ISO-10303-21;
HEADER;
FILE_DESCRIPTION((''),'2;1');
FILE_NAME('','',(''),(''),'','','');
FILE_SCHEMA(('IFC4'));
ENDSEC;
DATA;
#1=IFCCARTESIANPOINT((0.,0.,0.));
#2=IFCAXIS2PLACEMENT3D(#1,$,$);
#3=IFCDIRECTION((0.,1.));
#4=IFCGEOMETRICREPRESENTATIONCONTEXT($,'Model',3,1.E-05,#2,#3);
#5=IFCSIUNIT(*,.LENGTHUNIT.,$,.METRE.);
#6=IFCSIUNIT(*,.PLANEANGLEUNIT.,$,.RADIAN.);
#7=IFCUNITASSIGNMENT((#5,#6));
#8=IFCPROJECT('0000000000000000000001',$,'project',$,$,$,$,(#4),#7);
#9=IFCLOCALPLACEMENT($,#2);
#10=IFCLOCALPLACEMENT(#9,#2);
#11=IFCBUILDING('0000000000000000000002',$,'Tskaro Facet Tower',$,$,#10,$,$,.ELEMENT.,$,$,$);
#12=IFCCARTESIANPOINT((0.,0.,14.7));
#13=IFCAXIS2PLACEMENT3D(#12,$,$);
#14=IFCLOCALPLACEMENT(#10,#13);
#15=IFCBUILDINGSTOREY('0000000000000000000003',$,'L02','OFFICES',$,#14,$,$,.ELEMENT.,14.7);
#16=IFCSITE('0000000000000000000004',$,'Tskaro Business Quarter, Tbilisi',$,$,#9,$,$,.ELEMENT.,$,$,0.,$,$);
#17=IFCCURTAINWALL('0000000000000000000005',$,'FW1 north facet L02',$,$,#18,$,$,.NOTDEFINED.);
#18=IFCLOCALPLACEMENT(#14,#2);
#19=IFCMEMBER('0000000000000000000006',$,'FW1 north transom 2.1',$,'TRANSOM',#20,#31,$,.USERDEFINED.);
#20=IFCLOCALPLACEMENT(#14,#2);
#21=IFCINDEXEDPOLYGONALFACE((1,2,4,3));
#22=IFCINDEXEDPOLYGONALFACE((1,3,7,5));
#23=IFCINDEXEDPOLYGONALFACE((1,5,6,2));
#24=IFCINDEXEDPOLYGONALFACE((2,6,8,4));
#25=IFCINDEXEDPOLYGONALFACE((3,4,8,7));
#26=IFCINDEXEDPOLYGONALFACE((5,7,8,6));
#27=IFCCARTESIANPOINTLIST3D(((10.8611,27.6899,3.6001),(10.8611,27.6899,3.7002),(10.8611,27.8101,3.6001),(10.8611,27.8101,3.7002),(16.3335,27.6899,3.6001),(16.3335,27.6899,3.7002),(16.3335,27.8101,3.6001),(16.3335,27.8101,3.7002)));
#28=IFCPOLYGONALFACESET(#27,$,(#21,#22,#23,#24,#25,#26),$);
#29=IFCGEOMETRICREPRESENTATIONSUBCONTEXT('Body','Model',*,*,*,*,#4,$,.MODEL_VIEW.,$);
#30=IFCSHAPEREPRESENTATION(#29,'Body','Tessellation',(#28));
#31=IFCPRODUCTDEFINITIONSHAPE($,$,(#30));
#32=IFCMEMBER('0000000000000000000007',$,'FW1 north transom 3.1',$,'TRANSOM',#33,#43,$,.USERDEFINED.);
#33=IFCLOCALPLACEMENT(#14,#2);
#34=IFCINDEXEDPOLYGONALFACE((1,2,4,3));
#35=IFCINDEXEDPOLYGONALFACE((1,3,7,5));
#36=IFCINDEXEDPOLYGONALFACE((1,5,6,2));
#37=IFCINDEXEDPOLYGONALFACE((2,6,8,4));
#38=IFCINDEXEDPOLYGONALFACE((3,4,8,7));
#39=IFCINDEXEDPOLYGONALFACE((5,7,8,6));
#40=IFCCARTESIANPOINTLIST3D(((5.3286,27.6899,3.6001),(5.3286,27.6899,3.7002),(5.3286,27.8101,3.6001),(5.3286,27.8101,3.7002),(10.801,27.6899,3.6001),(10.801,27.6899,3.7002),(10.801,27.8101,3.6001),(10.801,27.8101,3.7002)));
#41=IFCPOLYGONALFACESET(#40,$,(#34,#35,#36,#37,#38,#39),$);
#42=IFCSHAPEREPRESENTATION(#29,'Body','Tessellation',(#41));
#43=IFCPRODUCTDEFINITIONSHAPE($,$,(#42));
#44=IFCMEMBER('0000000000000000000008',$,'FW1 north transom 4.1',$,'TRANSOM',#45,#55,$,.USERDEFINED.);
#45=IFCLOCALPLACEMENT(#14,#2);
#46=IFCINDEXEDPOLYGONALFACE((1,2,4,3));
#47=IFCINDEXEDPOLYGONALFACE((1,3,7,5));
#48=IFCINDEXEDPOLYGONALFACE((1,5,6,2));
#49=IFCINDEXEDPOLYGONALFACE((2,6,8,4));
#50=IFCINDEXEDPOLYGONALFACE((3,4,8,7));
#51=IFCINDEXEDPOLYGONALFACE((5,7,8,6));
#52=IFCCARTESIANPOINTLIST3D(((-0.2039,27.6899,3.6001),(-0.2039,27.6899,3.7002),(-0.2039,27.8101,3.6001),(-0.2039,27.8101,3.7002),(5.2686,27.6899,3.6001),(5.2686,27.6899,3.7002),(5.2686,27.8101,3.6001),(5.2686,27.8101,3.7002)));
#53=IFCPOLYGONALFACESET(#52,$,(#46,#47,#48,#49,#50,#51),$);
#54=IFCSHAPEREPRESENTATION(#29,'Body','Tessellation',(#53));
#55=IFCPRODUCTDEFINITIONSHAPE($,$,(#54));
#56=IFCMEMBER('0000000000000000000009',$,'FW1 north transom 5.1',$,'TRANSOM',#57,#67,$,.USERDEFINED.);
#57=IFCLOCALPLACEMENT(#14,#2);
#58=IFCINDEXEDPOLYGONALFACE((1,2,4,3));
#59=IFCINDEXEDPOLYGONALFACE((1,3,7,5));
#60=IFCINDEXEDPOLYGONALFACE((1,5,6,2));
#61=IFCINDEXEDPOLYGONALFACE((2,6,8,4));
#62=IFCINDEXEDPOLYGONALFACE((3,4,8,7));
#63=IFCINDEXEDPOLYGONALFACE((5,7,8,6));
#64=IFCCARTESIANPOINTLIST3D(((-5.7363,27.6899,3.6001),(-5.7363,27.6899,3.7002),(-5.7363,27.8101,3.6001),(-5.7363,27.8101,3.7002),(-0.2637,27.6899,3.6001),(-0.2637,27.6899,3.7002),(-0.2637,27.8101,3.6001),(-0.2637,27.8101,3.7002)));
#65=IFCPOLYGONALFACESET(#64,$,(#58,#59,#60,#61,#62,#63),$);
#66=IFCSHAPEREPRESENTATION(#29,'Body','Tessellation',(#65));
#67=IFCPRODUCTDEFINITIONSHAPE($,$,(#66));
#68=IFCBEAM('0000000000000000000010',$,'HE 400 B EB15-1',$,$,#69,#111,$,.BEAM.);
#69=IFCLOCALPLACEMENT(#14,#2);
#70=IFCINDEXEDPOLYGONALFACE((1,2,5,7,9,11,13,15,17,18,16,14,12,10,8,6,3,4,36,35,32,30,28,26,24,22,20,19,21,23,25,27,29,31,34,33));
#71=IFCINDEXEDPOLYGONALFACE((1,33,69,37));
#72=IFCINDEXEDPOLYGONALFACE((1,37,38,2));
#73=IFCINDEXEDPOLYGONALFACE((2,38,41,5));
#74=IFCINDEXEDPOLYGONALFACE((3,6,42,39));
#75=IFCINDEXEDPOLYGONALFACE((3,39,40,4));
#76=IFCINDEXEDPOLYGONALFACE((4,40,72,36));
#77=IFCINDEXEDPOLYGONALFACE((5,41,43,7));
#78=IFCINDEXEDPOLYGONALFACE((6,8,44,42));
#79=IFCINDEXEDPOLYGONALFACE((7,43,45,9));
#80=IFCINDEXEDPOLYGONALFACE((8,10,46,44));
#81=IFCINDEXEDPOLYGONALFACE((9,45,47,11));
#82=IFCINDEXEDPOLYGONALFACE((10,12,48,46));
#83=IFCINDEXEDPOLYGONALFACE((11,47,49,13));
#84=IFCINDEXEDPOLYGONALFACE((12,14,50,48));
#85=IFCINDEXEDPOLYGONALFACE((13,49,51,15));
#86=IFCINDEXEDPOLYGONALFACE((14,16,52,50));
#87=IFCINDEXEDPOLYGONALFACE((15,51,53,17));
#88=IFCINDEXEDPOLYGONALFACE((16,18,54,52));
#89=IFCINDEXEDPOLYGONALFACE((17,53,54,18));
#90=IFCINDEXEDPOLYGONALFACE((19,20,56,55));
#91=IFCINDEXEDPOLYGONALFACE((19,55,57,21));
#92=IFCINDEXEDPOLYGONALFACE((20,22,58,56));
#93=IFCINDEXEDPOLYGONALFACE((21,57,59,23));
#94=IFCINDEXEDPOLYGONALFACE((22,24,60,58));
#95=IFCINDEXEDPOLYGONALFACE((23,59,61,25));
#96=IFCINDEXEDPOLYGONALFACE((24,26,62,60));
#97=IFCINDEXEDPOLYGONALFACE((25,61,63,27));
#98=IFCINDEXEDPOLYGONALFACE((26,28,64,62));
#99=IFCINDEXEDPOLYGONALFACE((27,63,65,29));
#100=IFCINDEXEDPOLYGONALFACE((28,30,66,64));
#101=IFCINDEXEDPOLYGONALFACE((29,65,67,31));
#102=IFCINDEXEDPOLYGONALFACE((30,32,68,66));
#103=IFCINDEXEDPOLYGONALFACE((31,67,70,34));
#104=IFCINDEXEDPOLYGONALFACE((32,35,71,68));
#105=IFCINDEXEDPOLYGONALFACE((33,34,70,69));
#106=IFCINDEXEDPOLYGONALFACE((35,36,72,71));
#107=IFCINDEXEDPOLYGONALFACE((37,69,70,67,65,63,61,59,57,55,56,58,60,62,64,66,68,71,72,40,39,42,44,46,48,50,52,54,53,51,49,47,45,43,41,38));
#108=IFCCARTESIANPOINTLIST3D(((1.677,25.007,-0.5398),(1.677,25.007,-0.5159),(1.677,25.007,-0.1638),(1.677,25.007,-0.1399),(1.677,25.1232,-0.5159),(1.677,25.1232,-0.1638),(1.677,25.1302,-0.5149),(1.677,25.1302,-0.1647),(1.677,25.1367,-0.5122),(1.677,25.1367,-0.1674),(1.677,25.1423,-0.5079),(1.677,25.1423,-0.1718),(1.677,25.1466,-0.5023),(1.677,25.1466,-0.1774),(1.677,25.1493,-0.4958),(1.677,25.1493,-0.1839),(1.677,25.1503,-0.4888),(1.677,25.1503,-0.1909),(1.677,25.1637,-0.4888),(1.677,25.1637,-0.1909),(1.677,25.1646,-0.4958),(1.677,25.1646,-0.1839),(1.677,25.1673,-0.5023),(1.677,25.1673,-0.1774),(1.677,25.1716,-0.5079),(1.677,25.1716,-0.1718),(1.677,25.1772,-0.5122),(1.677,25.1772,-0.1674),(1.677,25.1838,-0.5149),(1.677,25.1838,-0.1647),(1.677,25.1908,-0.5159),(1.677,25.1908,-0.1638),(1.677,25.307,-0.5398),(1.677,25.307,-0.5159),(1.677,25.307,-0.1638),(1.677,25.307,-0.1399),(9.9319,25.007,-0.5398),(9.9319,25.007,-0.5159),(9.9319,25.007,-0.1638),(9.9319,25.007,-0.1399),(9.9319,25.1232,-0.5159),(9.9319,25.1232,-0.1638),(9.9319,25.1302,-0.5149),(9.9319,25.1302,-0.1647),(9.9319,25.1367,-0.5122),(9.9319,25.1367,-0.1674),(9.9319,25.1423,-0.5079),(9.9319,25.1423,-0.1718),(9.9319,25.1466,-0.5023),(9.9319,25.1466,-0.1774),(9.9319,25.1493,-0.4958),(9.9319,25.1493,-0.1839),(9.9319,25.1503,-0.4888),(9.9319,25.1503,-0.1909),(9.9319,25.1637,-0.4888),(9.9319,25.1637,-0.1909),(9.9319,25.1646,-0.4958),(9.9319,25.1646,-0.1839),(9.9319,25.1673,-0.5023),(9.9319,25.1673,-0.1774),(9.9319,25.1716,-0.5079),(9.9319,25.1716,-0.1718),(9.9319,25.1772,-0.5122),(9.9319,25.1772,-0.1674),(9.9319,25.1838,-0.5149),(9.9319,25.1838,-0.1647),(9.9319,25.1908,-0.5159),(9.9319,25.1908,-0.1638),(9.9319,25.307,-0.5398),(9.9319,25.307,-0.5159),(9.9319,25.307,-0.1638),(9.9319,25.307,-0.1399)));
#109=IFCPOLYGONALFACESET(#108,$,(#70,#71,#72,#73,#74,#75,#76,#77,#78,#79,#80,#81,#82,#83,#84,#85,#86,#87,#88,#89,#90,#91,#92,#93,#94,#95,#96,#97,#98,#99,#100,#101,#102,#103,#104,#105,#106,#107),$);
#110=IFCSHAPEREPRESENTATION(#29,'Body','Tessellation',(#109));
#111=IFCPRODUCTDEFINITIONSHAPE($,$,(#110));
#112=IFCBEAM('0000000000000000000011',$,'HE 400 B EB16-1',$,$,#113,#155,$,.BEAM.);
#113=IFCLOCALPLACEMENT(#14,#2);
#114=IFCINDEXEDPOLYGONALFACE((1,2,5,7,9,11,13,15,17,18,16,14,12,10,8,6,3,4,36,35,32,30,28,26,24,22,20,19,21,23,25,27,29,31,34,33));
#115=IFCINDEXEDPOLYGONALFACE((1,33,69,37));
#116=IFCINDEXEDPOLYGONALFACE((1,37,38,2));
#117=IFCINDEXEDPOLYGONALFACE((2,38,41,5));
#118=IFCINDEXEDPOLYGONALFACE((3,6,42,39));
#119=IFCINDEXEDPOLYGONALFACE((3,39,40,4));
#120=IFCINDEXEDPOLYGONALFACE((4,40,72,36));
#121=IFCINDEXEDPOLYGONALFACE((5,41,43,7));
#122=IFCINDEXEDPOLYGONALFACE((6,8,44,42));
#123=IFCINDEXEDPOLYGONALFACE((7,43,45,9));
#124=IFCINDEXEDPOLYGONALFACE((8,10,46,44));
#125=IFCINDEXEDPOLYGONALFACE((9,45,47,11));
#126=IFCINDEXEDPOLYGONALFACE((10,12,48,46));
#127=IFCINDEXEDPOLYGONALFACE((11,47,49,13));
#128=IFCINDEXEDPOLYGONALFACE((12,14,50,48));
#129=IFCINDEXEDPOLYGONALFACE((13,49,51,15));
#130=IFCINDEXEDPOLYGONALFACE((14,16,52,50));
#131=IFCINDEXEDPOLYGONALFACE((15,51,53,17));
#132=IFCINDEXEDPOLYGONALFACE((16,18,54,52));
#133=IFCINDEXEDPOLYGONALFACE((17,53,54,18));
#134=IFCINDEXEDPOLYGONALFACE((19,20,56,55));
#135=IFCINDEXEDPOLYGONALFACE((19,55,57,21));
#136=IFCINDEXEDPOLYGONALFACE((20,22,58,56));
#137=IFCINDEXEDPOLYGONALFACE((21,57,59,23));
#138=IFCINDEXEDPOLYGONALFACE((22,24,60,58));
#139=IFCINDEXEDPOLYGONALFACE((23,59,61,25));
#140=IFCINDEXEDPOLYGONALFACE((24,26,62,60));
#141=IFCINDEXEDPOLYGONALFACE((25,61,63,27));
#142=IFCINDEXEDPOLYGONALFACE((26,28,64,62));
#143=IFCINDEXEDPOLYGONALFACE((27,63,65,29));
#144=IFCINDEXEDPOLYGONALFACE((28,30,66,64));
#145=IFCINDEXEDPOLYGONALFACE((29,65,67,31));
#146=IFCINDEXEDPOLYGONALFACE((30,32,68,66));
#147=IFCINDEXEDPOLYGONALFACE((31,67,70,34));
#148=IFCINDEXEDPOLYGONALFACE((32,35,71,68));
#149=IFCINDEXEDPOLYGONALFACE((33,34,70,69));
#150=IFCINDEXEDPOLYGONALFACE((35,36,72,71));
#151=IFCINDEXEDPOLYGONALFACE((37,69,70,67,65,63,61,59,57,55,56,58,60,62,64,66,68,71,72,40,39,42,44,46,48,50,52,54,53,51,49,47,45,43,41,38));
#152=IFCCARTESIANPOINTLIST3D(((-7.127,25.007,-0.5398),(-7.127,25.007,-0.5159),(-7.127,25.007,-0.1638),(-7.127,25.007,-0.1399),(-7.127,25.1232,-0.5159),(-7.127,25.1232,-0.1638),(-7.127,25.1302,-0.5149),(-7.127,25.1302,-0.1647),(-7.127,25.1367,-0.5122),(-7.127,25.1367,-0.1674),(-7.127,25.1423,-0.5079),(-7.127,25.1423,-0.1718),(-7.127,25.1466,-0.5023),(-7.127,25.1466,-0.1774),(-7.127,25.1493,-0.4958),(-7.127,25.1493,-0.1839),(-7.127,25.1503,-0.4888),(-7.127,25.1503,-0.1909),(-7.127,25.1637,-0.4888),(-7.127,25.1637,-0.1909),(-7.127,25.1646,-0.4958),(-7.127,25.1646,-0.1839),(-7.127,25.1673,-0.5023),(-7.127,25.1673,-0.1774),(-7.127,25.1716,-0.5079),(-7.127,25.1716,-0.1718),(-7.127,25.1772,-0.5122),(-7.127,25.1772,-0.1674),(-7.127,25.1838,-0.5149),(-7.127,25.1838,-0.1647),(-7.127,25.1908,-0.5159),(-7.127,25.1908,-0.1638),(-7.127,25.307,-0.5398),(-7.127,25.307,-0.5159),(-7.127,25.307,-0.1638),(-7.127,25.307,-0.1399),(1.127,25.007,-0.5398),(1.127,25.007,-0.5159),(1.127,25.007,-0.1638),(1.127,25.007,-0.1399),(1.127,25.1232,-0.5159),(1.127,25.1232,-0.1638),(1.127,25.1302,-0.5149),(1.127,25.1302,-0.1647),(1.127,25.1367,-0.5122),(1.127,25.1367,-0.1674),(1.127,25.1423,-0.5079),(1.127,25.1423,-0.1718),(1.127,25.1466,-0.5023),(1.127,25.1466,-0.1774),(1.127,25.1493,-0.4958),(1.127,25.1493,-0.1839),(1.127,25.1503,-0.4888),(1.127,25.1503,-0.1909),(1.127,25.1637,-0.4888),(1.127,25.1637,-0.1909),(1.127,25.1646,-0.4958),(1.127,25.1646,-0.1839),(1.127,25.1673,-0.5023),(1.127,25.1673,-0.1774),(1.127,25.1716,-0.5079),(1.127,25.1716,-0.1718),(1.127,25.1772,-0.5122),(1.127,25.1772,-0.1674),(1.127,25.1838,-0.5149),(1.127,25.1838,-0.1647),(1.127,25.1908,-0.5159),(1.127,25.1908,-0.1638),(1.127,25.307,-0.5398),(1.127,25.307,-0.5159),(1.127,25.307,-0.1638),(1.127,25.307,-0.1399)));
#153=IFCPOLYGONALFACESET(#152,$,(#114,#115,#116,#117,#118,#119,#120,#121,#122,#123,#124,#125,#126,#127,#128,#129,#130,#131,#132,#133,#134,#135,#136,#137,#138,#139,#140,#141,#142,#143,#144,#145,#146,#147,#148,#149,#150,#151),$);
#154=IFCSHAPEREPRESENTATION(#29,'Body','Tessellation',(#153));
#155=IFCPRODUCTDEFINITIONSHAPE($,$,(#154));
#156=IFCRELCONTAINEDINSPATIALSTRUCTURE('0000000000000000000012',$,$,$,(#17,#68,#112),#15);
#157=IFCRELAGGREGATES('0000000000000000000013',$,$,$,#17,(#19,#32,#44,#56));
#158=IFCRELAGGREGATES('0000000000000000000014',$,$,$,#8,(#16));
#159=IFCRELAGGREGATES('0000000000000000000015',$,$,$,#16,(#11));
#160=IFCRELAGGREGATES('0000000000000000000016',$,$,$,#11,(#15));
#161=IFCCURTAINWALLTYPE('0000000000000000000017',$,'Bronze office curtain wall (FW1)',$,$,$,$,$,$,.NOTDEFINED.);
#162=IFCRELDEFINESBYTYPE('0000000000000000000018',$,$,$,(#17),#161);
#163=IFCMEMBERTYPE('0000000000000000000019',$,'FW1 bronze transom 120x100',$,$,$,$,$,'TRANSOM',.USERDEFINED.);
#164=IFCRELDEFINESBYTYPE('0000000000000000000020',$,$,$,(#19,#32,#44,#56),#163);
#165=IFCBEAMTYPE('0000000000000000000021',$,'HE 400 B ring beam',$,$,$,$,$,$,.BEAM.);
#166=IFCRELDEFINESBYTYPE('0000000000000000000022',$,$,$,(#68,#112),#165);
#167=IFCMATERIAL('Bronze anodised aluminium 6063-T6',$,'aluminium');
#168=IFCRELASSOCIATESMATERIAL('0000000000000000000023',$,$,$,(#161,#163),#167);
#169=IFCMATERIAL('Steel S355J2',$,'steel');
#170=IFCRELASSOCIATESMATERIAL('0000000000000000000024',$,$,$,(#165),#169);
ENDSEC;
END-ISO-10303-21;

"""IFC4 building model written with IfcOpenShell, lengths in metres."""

from ifc_helpers import new_model, si_unit, direction, frame, origin, origin_2d, place, context, subcontext, project, spatial, rectangle, i_section, extrude, material, material_profile, profile_set, type_object, element, aggregate, save


model = new_model("IFC4")

# Units and contexts
model_context = context("Model", 3, precision=1e-05, world=origin(), true_north=direction((0.0, 1.0)))
body_context = subcontext(model_context, "Body", "Model", "MODEL_VIEW")
ifc_project = project(units=[si_unit("LENGTHUNIT", "METRE"), si_unit("PLANEANGLEUNIT", "RADIAN")], contexts=[model_context])

# Site, building, storey
site_placement = place(None, origin())
site = spatial("IfcSite", under=ifc_project, at=site_placement, Name="Tskaro Business Quarter, Tbilisi", CompositionType="ELEMENT", RefElevation=0.0)
building_placement = place(site_placement, origin())
building = spatial("IfcBuilding", under=site, at=building_placement, Name="Tskaro Facet Tower", CompositionType="ELEMENT")
storey_placement = place(building_placement, frame((0.0, 0.0, 14.7)))
storey = spatial("IfcBuildingStorey", under=building, at=storey_placement, Name="L02", Description="OFFICES", CompositionType="ELEMENT", Elevation=14.7)

# Curtain wall, members
ifc_material_1 = material(Name="Bronze anodised aluminium 6063-T6", Category="aluminium")
curtain_wall_type = type_object("IfcCurtainWallType", Name="Bronze office curtain wall (FW1)", PredefinedType="NOTDEFINED", material=ifc_material_1)
curtain_wall_placement = place(storey_placement, origin())
curtain_wall = element("IfcCurtainWall", 1, at=curtain_wall_placement, inside=storey, type_object=curtain_wall_type, Name="FW1 north facet L02", PredefinedType="NOTDEFINED")
ifc_material_profile_1 = material_profile(ifc_material_1, rectangle(XDim=0.1201, YDim=0.1001, at=origin_2d()), Name="Transom 120x100")
ifc_profile_set_1 = profile_set([ifc_material_profile_1], Name="Bronze anodised aluminium 6063-T6")
member_type_1 = type_object("IfcMemberType", Name="FW1 bronze transom 120x100", ElementType="TRANSOM", PredefinedType="USERDEFINED", material=ifc_profile_set_1)
member_1_placement = place(storey_placement, frame((16.3335, 27.75, 3.6501), z_axis=(-1.0, 0.0, 0.0), x_axis=(0.0, -1.0, 0.0)))
member_1 = element("IfcMember", 2, at=member_1_placement, type_object=member_type_1, Name="FW1 north transom 2.1", ObjectType="TRANSOM", PredefinedType="USERDEFINED", context=body_context, shape_type="SweptSolid", body=[
    extrude(rectangle(XDim=0.1201, YDim=0.1001, at=origin_2d()), origin(), (0.0, 0.0, 1.0), 5.4724),
])
member_2_placement = place(storey_placement, frame((10.801, 27.75, 3.6501), z_axis=(-1.0, 0.0, 0.0), x_axis=(0.0, -1.0, 0.0)))
member_2 = element("IfcMember", 3, at=member_2_placement, type_object=member_type_1, Name="FW1 north transom 3.1", ObjectType="TRANSOM", PredefinedType="USERDEFINED", context=body_context, shape_type="SweptSolid", body=[
    extrude(rectangle(XDim=0.1201, YDim=0.1001, at=origin_2d()), origin(), (0.0, 0.0, 1.0), 5.4724),
])
member_3_placement = place(storey_placement, frame((5.2686, 27.75, 3.6501), z_axis=(-1.0, 0.0, 0.0), x_axis=(0.0, -1.0, 0.0)))
member_3 = element("IfcMember", 4, at=member_3_placement, type_object=member_type_1, Name="FW1 north transom 4.1", ObjectType="TRANSOM", PredefinedType="USERDEFINED", context=body_context, shape_type="SweptSolid", body=[
    extrude(rectangle(XDim=0.1201, YDim=0.1001, at=origin_2d()), origin(), (0.0, 0.0, 1.0), 5.4724),
])
member_4_placement = place(storey_placement, frame((-0.2637, 27.75, 3.6501), z_axis=(-1.0, 0.0, 0.0), x_axis=(0.0, -1.0, 0.0)))
member_4 = element("IfcMember", 5, at=member_4_placement, type_object=member_type_1, Name="FW1 north transom 5.1", ObjectType="TRANSOM", PredefinedType="USERDEFINED", context=body_context, shape_type="SweptSolid", body=[
    extrude(rectangle(XDim=0.1201, YDim=0.1001, at=origin_2d()), origin(), (0.0, 0.0, 1.0), 5.4727),
])

# Beams
ifc_material_2 = material(Name="Steel S355J2", Category="steel")
ifc_material_profile_2 = material_profile(ifc_material_2, i_section(OverallWidth=0.3, OverallDepth=0.3999, WebThickness=0.0134, FlangeThickness=0.0239, FilletRadius=0.0271, at=origin_2d()), Name="HE 400 B")
ifc_profile_set_2 = profile_set([ifc_material_profile_2], Name="Steel S355J2")
beam_type_1 = type_object("IfcBeamType", Name="HE 400 B ring beam", PredefinedType="BEAM", material=ifc_profile_set_2)
beam_1_placement = place(storey_placement, frame((9.9319, 25.157, -0.3398), z_axis=(-1.0, 0.0, 0.0), x_axis=(0.0, -1.0, 0.0)))
element("IfcBeam", 6, at=beam_1_placement, inside=storey, type_object=beam_type_1, Name="HE 400 B EB15-1", PredefinedType="BEAM", context=body_context, shape_type="SweptSolid", body=[
    extrude(i_section(OverallWidth=0.3, OverallDepth=0.3999, WebThickness=0.0134, FlangeThickness=0.0239, FilletRadius=0.0271, at=origin_2d()), origin(), (0.0, 0.0, 1.0), 8.2549),
])
beam_2_placement = place(storey_placement, frame((1.127, 25.157, -0.3398), z_axis=(-1.0, 0.0, 0.0), x_axis=(0.0, -1.0, 0.0)))
element("IfcBeam", 7, at=beam_2_placement, inside=storey, type_object=beam_type_1, Name="HE 400 B EB16-1", PredefinedType="BEAM", context=body_context, shape_type="SweptSolid", body=[
    extrude(i_section(OverallWidth=0.3, OverallDepth=0.3999, WebThickness=0.0134, FlangeThickness=0.0239, FilletRadius=0.0271, at=origin_2d()), origin(), (0.0, 0.0, 1.0), 8.2539),
])

aggregate(curtain_wall, [member_1, member_2, member_3, member_4])

save(model, "model.ifc")
